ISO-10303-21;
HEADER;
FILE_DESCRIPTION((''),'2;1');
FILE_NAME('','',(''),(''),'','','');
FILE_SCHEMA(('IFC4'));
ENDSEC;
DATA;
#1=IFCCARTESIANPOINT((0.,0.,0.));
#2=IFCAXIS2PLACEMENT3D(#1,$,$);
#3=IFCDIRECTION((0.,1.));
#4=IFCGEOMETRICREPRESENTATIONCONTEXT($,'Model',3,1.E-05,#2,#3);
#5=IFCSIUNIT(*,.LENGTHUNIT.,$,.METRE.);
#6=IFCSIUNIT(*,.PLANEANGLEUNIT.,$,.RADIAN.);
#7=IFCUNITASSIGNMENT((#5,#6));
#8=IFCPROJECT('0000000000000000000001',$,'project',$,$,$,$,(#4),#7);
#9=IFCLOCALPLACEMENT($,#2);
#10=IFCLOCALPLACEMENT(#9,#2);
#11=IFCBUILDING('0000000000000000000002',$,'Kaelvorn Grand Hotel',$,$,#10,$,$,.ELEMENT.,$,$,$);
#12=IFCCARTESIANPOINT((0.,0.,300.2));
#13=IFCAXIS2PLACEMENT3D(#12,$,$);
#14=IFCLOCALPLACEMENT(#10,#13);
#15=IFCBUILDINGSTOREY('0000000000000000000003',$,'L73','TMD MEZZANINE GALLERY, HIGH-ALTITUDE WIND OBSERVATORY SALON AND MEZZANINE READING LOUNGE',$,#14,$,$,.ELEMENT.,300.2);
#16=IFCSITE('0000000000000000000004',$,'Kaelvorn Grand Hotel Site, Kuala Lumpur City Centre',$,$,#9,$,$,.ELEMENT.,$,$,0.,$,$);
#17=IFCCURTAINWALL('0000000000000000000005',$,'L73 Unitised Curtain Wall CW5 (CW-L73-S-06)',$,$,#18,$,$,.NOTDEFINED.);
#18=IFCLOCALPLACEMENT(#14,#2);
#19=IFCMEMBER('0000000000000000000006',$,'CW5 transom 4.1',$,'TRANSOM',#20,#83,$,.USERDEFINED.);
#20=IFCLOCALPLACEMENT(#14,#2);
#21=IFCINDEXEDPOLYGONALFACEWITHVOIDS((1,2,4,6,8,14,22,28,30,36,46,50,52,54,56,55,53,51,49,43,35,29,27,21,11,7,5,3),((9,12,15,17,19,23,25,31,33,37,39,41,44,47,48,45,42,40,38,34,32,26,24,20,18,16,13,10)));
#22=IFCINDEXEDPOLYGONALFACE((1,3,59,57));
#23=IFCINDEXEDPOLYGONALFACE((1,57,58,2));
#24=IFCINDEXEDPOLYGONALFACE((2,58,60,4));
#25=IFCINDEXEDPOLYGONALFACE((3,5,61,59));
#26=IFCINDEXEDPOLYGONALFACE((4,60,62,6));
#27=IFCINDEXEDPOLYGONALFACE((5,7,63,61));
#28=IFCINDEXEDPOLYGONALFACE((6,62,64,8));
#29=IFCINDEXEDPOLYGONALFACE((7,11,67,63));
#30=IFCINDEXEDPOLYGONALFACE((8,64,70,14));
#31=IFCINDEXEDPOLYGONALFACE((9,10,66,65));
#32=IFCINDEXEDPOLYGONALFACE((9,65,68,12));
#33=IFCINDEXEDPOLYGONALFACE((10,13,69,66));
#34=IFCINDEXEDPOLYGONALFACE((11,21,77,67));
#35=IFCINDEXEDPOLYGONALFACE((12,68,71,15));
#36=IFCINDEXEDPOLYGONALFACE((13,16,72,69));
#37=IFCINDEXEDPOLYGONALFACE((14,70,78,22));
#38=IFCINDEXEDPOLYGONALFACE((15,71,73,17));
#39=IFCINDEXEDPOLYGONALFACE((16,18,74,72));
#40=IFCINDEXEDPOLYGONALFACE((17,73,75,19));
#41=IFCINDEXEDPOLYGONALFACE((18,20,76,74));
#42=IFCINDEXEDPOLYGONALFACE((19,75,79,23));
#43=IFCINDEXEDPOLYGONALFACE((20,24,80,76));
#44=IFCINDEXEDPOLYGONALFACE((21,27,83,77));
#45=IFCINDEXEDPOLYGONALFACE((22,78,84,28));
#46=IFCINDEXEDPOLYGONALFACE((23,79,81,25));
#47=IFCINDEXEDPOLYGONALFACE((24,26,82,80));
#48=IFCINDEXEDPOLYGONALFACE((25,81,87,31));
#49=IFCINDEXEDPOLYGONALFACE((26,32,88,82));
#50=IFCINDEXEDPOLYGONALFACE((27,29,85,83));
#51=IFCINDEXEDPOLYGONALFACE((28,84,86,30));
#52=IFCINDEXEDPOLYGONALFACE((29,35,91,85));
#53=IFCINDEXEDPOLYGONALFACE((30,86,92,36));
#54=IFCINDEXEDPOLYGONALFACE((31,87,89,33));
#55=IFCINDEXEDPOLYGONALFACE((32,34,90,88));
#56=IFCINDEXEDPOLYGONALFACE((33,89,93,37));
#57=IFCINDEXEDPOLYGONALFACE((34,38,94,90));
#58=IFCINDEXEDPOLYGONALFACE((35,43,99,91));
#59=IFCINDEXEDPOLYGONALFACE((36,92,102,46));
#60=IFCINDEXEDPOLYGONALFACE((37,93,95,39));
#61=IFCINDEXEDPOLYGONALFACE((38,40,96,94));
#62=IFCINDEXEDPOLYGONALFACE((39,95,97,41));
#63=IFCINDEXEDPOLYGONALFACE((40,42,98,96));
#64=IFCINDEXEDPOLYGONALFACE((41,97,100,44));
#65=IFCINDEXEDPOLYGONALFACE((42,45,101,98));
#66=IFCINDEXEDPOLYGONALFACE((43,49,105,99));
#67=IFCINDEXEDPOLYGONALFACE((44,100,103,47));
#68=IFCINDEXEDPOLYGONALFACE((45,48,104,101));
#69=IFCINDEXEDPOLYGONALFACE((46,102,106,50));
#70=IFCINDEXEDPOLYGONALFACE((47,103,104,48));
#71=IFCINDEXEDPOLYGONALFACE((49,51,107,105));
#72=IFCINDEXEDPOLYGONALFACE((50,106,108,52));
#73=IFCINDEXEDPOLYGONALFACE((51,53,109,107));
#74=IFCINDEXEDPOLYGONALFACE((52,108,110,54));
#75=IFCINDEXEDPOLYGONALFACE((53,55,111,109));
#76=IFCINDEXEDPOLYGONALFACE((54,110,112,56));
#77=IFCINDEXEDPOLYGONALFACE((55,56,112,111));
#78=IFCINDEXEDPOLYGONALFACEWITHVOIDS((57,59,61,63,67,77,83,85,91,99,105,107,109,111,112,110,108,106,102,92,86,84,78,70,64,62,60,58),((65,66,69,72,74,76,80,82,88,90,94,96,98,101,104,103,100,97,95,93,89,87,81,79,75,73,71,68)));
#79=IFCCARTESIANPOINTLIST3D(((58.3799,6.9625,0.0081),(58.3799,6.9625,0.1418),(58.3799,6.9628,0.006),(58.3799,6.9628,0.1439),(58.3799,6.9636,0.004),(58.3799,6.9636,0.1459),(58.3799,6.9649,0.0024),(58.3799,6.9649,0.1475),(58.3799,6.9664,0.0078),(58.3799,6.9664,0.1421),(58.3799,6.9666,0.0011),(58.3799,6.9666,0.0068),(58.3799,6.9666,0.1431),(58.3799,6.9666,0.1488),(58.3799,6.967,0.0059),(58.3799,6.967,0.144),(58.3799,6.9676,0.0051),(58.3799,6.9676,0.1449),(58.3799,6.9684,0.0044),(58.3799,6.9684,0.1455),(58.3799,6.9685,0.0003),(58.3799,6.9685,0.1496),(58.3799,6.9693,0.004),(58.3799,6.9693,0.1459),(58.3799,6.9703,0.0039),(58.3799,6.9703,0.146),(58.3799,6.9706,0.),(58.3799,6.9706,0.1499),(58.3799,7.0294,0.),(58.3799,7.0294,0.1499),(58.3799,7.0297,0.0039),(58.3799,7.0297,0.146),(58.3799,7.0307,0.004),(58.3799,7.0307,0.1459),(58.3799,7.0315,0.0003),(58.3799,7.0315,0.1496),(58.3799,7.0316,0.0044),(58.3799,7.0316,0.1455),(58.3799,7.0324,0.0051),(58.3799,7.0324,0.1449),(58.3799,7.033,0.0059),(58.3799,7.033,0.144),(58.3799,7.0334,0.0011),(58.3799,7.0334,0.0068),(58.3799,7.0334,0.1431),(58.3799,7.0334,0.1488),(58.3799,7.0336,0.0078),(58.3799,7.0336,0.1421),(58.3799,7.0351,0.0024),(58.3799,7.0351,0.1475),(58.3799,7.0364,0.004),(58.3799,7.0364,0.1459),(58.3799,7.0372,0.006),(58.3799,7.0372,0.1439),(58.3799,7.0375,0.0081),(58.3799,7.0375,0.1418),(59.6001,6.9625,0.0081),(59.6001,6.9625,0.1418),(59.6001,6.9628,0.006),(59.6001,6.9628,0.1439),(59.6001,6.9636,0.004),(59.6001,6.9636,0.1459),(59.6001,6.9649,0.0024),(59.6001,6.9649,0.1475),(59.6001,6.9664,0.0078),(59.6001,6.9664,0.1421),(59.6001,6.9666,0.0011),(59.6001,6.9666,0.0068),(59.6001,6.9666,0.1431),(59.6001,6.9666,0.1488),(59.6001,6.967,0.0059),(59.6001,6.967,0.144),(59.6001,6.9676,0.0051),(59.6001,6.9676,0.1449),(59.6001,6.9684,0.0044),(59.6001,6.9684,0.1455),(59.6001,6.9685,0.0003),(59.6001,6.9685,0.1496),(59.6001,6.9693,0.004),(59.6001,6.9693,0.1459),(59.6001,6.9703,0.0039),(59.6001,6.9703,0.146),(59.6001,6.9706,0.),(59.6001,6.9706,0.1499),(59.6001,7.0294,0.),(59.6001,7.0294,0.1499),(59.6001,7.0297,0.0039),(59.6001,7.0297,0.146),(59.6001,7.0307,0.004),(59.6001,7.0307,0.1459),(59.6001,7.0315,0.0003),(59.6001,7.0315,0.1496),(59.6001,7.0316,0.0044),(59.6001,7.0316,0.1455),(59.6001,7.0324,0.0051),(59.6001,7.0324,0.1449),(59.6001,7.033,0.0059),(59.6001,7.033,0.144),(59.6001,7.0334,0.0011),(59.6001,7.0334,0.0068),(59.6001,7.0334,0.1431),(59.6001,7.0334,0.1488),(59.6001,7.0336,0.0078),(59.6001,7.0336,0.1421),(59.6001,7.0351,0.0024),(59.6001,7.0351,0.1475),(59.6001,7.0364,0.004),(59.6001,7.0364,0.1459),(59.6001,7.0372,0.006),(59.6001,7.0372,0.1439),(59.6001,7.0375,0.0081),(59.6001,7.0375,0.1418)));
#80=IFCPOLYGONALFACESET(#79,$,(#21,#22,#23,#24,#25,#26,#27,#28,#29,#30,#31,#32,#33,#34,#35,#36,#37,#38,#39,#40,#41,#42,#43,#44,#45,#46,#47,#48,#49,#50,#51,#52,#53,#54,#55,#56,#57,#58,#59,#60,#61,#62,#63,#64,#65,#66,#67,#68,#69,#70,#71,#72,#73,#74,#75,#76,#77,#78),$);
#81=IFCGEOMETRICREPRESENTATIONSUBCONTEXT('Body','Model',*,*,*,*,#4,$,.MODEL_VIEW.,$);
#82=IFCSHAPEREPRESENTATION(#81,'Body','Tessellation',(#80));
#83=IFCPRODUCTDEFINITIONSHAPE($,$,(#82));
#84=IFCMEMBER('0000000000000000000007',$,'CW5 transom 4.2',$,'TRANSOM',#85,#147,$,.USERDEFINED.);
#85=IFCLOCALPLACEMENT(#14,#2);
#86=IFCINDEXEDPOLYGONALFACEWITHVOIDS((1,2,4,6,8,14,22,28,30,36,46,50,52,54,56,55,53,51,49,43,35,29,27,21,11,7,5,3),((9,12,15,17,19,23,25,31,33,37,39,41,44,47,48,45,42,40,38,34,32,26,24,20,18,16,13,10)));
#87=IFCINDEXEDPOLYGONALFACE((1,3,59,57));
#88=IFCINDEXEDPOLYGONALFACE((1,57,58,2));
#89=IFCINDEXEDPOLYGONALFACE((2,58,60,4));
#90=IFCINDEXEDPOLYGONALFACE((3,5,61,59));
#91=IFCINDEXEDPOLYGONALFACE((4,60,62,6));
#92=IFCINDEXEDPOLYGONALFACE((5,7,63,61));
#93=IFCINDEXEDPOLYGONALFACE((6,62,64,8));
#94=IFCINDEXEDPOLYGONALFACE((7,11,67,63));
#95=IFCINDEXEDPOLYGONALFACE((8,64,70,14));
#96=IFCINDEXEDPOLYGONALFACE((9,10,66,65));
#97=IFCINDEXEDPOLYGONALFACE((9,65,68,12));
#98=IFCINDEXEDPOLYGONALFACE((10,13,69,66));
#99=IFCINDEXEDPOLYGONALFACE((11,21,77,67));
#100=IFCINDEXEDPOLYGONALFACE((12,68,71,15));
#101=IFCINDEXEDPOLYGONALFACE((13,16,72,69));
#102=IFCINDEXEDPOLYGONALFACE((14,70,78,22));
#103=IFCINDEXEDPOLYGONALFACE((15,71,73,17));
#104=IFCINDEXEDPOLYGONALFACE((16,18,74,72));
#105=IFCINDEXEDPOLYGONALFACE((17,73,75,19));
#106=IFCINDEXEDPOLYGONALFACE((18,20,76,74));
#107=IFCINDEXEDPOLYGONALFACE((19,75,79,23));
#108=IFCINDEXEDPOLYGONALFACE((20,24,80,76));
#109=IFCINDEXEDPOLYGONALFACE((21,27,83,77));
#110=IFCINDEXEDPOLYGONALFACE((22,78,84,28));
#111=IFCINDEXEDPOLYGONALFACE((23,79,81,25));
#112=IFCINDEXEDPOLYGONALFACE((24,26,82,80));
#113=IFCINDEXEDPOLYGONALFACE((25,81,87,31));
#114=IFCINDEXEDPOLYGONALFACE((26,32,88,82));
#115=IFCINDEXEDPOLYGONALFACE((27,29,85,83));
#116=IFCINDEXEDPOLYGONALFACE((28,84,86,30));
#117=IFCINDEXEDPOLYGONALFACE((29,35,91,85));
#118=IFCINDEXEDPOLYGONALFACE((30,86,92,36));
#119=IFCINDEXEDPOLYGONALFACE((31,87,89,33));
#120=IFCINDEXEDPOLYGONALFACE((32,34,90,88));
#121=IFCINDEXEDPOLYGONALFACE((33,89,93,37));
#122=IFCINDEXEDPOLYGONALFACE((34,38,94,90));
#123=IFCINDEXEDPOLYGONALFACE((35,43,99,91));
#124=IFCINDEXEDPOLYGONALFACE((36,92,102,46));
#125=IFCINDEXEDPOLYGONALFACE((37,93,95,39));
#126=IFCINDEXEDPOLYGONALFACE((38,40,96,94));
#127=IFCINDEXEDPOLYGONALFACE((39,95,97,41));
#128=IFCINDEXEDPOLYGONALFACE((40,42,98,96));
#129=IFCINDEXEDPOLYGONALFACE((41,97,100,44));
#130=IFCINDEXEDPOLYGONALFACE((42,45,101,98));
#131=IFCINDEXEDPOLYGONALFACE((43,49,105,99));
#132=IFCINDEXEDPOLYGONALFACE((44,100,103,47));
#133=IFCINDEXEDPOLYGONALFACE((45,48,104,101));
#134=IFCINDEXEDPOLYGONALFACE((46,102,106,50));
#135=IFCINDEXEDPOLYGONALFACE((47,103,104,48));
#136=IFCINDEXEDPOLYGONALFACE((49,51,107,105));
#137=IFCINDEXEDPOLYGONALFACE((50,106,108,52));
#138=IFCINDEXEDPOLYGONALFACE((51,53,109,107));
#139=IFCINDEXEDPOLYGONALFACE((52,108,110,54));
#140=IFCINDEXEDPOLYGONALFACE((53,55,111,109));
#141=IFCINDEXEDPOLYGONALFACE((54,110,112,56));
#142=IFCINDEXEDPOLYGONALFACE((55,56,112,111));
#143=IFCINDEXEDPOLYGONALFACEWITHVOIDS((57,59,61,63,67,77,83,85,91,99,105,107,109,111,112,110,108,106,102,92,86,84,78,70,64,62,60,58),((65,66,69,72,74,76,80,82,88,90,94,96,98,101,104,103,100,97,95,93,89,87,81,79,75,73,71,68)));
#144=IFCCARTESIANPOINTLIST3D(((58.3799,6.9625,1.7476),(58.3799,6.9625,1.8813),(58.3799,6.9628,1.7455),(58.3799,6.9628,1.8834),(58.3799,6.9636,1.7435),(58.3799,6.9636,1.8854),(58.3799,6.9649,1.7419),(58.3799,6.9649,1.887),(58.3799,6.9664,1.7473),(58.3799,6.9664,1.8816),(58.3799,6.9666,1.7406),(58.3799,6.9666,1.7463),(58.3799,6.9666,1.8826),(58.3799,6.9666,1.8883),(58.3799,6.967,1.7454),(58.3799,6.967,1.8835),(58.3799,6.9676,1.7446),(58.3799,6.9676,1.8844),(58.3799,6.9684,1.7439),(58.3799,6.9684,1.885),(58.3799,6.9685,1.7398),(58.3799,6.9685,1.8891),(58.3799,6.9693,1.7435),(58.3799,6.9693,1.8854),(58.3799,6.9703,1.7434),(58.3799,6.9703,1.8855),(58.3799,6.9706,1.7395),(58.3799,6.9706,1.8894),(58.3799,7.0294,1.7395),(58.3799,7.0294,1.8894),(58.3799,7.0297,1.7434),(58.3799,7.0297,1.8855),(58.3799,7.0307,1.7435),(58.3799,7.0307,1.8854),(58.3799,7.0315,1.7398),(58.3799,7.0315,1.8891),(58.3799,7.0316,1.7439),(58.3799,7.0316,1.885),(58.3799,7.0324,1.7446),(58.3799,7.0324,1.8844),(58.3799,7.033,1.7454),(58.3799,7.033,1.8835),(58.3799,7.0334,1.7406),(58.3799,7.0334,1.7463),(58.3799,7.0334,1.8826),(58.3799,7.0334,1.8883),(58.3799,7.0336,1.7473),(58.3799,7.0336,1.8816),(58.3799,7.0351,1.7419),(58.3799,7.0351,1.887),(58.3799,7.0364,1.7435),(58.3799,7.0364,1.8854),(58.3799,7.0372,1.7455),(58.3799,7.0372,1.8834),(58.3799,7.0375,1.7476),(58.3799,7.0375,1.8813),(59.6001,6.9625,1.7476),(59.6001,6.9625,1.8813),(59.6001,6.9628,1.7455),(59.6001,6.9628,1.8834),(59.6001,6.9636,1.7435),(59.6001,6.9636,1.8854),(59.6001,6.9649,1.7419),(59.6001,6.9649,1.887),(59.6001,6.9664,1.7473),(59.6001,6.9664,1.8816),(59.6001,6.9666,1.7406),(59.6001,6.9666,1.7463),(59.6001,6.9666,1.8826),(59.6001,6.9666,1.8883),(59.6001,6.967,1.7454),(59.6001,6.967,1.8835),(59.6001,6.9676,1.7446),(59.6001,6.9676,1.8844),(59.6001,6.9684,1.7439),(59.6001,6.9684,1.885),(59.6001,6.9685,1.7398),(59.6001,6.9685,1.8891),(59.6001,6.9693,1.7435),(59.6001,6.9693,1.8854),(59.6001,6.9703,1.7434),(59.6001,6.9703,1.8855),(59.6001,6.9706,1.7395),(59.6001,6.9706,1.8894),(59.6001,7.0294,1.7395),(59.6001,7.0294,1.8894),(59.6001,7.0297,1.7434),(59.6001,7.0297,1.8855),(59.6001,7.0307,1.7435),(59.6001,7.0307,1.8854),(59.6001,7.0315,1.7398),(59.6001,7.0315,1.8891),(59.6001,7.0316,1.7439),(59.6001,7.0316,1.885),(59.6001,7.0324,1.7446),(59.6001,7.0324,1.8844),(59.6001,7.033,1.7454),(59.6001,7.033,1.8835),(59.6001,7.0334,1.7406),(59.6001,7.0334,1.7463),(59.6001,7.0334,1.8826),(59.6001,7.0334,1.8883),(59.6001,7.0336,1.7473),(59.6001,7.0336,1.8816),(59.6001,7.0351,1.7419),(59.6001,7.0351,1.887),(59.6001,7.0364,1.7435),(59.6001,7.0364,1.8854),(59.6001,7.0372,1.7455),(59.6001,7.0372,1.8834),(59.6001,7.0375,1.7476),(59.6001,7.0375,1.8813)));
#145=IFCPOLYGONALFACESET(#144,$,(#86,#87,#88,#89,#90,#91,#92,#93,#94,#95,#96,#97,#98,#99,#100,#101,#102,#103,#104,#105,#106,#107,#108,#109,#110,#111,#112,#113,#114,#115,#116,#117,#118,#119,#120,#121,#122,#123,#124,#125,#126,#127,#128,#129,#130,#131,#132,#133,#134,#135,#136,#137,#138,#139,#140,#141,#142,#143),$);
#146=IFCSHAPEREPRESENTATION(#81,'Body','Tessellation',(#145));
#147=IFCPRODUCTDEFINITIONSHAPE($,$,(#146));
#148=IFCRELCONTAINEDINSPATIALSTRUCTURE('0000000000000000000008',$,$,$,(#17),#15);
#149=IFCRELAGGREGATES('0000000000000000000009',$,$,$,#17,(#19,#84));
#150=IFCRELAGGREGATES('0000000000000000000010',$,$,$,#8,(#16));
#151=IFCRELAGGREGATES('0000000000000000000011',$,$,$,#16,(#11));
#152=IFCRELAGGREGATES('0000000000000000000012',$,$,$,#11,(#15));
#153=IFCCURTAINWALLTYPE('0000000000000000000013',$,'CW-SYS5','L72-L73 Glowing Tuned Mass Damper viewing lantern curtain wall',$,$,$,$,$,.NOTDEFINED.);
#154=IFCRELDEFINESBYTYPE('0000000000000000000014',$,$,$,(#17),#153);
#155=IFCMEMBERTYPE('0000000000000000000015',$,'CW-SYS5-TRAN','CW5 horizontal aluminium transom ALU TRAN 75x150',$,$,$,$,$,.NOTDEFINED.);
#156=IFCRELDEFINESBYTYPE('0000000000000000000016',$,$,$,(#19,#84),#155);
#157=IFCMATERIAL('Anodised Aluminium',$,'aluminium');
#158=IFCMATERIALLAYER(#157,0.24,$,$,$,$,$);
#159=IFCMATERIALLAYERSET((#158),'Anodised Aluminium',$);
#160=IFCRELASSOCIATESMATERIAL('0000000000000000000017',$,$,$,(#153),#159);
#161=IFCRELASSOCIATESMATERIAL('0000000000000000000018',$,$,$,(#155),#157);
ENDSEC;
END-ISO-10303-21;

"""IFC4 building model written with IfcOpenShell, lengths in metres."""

from ifc_helpers import new_model, si_unit, direction, frame, origin, origin_2d, place, context, subcontext, project, spatial, hollow_rectangle, extrude, material, layer, layer_set, material_profile, profile_set, type_object, element, aggregate, save


model = new_model("IFC4")

# Units and contexts
model_context = context("Model", 3, precision=1e-05, world=origin(), true_north=direction((0.0, 1.0)))
body_context = subcontext(model_context, "Body", "Model", "MODEL_VIEW")
ifc_project = project(units=[si_unit("LENGTHUNIT", "METRE"), si_unit("PLANEANGLEUNIT", "RADIAN")], contexts=[model_context])

# Site, building, storey
site_placement = place(None, origin())
site = spatial("IfcSite", under=ifc_project, at=site_placement, Name="Kaelvorn Grand Hotel Site, Kuala Lumpur City Centre", CompositionType="ELEMENT", RefElevation=0.0)
building_placement = place(site_placement, origin())
building = spatial("IfcBuilding", under=site, at=building_placement, Name="Kaelvorn Grand Hotel", CompositionType="ELEMENT")
storey_placement = place(building_placement, frame((0.0, 0.0, 300.2)))
storey = spatial("IfcBuildingStorey", under=building, at=storey_placement, Name="L73", Description="TMD MEZZANINE GALLERY, HIGH-ALTITUDE WIND OBSERVATORY SALON AND MEZZANINE READING LOUNGE", CompositionType="ELEMENT", Elevation=300.2)

# Curtain wall
ifc_material_1 = material(Name="Anodised Aluminium", Category="aluminium")
ifc_layer_1 = layer(ifc_material_1, 0.24)
ifc_layer_set_1 = layer_set([ifc_layer_1], Name="Anodised Aluminium")
curtain_wall_type = type_object("IfcCurtainWallType", Name="CW-SYS5", Description="L72-L73 Glowing Tuned Mass Damper viewing lantern curtain wall", PredefinedType="NOTDEFINED", material=ifc_layer_set_1)
curtain_wall_1_placement = place(storey_placement, origin())
curtain_wall_1 = element("IfcCurtainWall", 1, at=curtain_wall_1_placement, inside=storey, type_object=curtain_wall_type, Name="L73 Unitised Curtain Wall CW5 (CW-L73-S-06)", PredefinedType="NOTDEFINED")

# Members
ifc_material_profile_1 = material_profile(ifc_material_1, hollow_rectangle(XDim=0.075, YDim=0.1499, WallThickness=0.0039, InnerFilletRadius=0.0039, OuterFilletRadius=0.0081, at=origin_2d()), Name="ALU TRAN 75x150")
ifc_profile_set_1 = profile_set([ifc_material_profile_1], Name="Anodised Aluminium")
member_type_1 = type_object("IfcMemberType", Name="CW-SYS5-TRAN", Description="CW5 horizontal aluminium transom ALU TRAN 75x150", PredefinedType="NOTDEFINED", material=ifc_profile_set_1)
member_1_placement = place(storey_placement, frame((58.3799, 7.0, 0.075), z_axis=(1.0, 0.0, 0.0), x_axis=(0.0, 1.0, 0.0)))
member_1 = element("IfcMember", 2, at=member_1_placement, type_object=member_type_1, Name="CW5 transom 4.1", ObjectType="TRANSOM", PredefinedType="USERDEFINED", context=body_context, shape_type="SweptSolid", body=[
    extrude(hollow_rectangle(XDim=0.075, YDim=0.1499, WallThickness=0.0039, InnerFilletRadius=0.0039, OuterFilletRadius=0.0081, at=origin_2d()), origin(), (0.0, 0.0, 1.0), 1.2202),
])
member_2_placement = place(storey_placement, frame((58.3799, 7.0, 1.8145), z_axis=(1.0, 0.0, 0.0), x_axis=(0.0, 1.0, 0.0)))
member_2 = element("IfcMember", 3, at=member_2_placement, type_object=member_type_1, Name="CW5 transom 4.2", ObjectType="TRANSOM", PredefinedType="USERDEFINED", context=body_context, shape_type="SweptSolid", body=[
    extrude(hollow_rectangle(XDim=0.075, YDim=0.1499, WallThickness=0.0039, InnerFilletRadius=0.0039, OuterFilletRadius=0.0081, at=origin_2d()), origin(), (0.0, 0.0, 1.0), 1.2202),
])

aggregate(curtain_wall_1, [member_1, member_2])

save(model, "model.ifc")
